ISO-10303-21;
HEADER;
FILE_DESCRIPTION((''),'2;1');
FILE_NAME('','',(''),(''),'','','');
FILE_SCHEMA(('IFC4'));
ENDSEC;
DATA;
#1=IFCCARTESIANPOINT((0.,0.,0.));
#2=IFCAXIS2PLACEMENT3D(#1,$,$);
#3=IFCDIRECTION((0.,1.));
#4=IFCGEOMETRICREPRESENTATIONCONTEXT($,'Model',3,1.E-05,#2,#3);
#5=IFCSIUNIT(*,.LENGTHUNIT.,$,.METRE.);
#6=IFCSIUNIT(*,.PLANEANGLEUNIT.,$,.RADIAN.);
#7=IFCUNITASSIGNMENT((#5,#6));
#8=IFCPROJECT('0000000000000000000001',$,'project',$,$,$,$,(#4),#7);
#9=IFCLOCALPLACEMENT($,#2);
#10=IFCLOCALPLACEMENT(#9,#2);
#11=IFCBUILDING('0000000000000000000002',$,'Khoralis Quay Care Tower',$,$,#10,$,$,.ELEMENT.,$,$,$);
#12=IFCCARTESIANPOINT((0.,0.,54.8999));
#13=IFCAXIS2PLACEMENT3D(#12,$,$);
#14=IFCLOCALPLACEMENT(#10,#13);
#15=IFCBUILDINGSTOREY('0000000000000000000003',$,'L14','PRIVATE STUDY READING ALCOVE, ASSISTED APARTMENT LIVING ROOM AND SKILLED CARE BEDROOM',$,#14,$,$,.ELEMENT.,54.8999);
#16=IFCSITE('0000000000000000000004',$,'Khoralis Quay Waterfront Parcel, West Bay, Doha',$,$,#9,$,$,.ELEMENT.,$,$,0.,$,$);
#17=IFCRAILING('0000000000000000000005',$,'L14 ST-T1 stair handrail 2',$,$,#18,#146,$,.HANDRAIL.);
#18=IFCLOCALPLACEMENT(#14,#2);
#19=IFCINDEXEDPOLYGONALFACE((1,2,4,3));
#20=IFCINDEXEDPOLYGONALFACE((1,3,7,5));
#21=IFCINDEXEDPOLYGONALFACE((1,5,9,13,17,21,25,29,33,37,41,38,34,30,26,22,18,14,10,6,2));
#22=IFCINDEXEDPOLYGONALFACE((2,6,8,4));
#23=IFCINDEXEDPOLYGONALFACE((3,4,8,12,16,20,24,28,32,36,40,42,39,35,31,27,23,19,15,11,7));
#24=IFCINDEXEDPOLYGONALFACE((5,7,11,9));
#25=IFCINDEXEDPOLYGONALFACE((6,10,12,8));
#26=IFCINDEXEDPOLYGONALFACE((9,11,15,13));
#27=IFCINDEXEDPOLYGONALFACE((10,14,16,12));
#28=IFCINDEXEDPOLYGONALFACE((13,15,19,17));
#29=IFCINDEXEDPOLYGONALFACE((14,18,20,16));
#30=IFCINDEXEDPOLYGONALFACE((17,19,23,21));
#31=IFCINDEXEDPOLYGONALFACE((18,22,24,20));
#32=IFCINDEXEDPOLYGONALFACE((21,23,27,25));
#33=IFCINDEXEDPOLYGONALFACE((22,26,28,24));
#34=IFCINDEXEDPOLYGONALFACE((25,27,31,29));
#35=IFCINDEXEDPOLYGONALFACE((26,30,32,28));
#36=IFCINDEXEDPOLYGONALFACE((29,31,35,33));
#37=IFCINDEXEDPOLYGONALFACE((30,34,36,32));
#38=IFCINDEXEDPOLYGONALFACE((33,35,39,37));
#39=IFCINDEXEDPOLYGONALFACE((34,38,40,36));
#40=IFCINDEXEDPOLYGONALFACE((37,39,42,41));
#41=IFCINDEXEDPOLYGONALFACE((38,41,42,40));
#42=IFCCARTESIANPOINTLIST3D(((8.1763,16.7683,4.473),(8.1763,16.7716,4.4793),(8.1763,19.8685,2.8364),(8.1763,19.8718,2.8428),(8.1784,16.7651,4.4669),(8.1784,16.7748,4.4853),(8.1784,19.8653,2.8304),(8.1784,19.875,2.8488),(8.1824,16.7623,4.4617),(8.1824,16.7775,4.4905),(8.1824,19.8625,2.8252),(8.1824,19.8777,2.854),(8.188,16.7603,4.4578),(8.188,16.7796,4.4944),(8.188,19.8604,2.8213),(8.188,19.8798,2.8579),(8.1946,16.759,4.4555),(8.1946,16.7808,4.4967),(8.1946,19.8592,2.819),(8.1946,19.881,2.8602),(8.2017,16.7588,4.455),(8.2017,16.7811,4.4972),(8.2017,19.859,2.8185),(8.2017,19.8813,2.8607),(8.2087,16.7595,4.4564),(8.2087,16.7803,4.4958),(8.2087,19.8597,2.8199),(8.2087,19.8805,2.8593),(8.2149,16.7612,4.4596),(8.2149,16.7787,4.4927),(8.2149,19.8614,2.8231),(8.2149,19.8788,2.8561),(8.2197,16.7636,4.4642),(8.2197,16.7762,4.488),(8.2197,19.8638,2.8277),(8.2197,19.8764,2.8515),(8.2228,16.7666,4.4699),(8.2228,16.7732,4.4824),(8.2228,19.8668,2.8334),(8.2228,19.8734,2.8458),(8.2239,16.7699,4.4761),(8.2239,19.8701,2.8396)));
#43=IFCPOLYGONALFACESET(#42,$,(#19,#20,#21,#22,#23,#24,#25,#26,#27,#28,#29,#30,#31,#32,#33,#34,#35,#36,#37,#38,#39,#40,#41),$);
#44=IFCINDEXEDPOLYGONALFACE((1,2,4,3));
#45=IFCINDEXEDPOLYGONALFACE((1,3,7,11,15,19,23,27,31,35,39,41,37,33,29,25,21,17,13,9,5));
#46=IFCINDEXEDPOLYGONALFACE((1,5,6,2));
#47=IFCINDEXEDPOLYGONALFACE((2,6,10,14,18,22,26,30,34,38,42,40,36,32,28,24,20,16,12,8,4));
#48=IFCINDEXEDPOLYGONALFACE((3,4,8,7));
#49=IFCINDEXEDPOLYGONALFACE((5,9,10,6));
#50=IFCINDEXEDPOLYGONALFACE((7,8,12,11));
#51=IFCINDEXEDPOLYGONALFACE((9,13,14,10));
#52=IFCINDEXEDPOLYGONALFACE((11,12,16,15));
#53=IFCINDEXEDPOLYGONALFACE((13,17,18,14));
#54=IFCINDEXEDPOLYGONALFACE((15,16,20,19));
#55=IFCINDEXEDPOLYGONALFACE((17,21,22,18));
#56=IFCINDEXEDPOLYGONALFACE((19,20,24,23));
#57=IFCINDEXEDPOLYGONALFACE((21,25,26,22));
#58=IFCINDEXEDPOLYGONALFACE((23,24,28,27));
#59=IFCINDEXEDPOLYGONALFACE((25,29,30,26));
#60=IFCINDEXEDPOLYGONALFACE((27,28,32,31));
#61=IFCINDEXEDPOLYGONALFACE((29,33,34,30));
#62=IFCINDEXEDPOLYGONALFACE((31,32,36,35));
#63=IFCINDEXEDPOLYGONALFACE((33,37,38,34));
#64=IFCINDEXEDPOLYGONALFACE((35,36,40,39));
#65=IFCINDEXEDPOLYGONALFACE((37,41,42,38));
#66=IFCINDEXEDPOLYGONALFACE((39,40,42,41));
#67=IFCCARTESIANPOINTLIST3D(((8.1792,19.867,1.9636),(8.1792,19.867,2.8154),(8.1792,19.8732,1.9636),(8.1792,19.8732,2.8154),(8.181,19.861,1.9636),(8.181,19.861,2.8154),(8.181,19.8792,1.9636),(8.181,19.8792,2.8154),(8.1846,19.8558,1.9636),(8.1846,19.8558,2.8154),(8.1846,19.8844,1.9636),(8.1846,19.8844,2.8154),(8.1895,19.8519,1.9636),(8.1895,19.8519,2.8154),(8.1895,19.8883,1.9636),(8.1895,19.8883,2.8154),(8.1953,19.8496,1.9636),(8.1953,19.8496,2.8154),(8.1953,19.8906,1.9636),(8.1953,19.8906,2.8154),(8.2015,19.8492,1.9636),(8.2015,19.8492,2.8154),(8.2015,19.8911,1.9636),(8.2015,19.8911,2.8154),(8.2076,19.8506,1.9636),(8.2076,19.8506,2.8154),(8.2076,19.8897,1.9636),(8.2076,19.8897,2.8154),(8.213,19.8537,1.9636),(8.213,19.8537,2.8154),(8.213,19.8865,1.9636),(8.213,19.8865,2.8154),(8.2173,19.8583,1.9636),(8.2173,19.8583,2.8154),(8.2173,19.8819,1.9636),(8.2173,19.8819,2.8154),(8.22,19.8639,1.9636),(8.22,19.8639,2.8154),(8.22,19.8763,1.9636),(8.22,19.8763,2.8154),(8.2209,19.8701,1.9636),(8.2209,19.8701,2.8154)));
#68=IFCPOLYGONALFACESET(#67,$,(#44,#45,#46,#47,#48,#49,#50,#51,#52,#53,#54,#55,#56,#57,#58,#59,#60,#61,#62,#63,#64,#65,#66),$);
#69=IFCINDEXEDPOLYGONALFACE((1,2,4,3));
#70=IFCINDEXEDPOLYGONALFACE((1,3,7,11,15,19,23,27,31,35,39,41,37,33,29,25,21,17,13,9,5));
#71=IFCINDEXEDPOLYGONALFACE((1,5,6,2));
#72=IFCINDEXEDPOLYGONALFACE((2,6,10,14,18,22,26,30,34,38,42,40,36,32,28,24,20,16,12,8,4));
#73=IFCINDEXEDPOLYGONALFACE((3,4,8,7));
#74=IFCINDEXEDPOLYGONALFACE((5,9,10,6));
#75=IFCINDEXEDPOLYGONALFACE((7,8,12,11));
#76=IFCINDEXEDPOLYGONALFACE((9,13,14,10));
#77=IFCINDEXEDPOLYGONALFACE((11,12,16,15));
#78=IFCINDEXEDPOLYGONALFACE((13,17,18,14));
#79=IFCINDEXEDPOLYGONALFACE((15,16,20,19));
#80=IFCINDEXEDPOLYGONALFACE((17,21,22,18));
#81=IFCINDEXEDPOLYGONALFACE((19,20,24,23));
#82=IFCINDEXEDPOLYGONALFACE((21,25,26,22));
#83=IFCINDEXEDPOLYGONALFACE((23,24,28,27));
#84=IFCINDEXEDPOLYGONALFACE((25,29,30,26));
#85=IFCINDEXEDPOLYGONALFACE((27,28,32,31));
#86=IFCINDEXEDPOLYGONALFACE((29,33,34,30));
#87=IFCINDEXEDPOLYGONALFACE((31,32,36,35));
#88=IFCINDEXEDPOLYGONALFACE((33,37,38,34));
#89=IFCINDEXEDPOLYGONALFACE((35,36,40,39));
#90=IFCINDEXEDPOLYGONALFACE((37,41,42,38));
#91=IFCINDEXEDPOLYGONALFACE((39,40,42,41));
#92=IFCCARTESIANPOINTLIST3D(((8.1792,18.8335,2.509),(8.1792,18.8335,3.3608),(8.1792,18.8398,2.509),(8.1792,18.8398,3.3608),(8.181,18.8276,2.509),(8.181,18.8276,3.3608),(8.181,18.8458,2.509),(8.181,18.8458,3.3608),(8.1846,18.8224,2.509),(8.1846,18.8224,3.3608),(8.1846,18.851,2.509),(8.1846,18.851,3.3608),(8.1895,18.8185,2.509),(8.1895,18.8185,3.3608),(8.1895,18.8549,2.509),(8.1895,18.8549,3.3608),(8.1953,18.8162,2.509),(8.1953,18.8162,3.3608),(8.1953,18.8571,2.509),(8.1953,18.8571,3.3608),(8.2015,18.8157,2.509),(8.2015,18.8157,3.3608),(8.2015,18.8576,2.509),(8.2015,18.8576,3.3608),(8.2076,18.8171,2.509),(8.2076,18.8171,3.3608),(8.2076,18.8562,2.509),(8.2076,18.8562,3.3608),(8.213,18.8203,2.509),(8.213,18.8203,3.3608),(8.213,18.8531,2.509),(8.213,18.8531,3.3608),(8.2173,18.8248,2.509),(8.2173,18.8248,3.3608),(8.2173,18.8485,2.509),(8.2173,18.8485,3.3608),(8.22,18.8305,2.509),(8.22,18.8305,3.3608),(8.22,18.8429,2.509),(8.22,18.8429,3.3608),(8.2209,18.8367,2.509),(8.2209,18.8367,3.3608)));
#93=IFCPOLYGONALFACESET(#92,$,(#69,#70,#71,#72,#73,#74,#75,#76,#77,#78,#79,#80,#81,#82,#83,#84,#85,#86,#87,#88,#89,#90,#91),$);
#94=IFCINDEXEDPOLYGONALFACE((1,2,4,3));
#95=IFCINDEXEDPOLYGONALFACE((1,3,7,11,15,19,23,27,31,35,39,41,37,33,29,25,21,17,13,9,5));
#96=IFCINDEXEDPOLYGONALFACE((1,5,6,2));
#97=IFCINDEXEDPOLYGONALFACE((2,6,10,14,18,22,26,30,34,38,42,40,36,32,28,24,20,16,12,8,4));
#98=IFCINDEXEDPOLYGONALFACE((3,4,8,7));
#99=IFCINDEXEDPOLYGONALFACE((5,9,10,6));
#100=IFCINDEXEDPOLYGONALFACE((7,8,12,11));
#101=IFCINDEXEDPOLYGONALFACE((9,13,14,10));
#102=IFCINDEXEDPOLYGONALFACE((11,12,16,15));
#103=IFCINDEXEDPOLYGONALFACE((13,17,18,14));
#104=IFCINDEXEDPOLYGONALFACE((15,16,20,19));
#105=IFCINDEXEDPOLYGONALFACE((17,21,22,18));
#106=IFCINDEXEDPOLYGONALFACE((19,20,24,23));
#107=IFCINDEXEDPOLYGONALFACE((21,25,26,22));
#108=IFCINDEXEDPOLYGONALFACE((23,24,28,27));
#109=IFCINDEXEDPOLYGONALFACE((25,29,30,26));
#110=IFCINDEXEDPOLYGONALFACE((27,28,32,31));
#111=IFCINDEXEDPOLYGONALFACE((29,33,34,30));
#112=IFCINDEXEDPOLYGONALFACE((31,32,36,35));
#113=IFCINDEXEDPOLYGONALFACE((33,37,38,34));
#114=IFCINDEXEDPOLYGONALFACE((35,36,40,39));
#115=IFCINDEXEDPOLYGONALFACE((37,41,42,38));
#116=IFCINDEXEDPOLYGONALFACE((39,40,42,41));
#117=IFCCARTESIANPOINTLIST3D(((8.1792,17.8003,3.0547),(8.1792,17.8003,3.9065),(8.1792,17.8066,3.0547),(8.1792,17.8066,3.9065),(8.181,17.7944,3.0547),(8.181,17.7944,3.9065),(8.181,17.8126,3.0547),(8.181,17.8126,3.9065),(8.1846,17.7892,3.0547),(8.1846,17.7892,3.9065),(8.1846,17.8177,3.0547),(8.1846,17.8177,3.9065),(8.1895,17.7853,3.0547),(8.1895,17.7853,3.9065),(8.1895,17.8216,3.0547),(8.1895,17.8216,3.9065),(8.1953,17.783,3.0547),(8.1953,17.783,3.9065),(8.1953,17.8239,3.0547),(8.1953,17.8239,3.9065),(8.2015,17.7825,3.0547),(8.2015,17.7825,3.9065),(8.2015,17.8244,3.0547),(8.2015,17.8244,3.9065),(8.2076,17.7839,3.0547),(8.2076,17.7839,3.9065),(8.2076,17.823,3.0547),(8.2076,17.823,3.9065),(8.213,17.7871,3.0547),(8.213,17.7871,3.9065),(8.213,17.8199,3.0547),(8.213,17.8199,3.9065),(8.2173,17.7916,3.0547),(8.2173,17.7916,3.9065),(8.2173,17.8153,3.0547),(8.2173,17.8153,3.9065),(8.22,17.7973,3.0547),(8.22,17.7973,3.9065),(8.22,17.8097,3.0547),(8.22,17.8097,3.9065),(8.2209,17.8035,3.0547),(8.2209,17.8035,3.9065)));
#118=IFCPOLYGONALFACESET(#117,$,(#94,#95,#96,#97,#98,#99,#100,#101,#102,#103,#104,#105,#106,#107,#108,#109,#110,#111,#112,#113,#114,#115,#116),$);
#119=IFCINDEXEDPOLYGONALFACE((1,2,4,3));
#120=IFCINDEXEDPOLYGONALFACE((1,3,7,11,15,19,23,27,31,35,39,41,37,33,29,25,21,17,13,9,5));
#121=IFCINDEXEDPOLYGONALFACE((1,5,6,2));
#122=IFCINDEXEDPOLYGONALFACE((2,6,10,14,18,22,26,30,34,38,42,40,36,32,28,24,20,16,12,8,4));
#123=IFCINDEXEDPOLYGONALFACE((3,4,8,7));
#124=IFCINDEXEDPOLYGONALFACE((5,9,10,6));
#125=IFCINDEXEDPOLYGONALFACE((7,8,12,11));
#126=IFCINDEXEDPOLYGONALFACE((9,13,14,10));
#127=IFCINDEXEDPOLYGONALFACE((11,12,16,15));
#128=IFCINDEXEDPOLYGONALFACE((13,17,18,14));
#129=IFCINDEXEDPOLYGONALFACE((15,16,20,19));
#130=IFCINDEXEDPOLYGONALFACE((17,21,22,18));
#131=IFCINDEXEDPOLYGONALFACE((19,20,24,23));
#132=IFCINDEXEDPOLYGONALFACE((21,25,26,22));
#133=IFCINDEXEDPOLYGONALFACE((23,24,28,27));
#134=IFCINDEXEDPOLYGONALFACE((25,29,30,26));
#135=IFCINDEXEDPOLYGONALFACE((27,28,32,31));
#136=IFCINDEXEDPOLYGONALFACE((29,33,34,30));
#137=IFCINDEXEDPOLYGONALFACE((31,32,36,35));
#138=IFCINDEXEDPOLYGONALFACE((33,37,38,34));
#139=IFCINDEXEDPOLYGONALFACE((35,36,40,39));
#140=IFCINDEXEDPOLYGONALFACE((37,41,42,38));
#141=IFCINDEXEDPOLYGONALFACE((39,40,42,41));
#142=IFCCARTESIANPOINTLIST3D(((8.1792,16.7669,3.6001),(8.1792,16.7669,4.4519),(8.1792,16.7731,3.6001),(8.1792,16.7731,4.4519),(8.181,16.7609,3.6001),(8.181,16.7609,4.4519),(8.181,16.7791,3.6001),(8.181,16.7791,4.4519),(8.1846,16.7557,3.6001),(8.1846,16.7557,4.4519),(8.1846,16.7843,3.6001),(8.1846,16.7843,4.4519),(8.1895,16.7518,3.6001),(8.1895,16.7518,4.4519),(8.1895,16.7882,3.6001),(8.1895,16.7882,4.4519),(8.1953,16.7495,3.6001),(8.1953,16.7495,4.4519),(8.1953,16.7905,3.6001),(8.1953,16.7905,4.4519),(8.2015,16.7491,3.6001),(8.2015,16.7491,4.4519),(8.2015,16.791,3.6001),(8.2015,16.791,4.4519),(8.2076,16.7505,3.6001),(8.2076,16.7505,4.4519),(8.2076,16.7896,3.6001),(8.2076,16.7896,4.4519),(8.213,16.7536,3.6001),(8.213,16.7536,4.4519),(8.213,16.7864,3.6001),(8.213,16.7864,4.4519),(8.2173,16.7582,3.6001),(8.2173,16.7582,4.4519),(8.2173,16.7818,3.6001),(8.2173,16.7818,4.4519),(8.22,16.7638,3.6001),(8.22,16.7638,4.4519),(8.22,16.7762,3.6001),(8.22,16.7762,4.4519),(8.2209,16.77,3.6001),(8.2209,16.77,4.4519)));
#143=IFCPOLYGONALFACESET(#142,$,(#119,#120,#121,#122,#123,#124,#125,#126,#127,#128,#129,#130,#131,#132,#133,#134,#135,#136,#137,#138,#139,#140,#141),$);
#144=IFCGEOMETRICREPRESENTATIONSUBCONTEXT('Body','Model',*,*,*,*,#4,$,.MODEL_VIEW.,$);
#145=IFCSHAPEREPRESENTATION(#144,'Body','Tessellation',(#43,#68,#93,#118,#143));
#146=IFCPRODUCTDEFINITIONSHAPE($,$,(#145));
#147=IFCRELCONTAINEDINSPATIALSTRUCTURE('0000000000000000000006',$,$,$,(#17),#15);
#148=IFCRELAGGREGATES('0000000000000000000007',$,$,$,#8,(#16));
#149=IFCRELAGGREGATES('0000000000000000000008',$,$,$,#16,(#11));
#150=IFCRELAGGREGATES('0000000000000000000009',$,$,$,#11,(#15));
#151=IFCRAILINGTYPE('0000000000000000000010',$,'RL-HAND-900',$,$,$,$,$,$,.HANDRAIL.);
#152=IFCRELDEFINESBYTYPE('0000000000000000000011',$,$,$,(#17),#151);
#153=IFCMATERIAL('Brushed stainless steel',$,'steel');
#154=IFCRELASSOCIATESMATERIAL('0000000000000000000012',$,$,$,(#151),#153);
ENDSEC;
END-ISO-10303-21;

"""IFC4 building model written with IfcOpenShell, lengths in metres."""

from ifc_helpers import new_model, si_unit, direction, frame, origin, origin_2d, place, context, subcontext, project, spatial, circle, extrude, material, type_object, element, save


model = new_model("IFC4")

# Units and contexts
model_context = context("Model", 3, precision=1e-05, world=origin(), true_north=direction((0.0, 1.0)))
body_context = subcontext(model_context, "Body", "Model", "MODEL_VIEW")
ifc_project = project(units=[si_unit("LENGTHUNIT", "METRE"), si_unit("PLANEANGLEUNIT", "RADIAN")], contexts=[model_context])

# Site, building, storey
site_placement = place(None, origin())
site = spatial("IfcSite", under=ifc_project, at=site_placement, Name="Khoralis Quay Waterfront Parcel, West Bay, Doha", CompositionType="ELEMENT", RefElevation=0.0)
building_placement = place(site_placement, origin())
building = spatial("IfcBuilding", under=site, at=building_placement, Name="Khoralis Quay Care Tower", CompositionType="ELEMENT")
storey_placement = place(building_placement, frame((0.0, 0.0, 54.8999)))
storey = spatial("IfcBuildingStorey", under=building, at=storey_placement, Name="L14", Description="PRIVATE STUDY READING ALCOVE, ASSISTED APARTMENT LIVING ROOM AND SKILLED CARE BEDROOM", CompositionType="ELEMENT", Elevation=54.8999)

# Shared definitions
ifc_material_1 = material(Name="Brushed stainless steel", Category="steel")

# Railing
railing_type_1 = type_object("IfcRailingType", Name="RL-HAND-900", PredefinedType="HANDRAIL", material=ifc_material_1)
railing_1_placement = place(storey_placement, frame((8.2, 19.8701, 1.9636)))
element("IfcRailing", 1, at=railing_1_placement, inside=storey, type_object=railing_type_1, Name="L14 ST-T1 stair handrail 2", PredefinedType="HANDRAIL", context=body_context, shape_type="SweptSolid", body=[
    extrude(circle(Radius=0.0239, at=origin_2d()), frame((0.0, 0.0, 0.876), z_axis=(0.0, -0.884348, 0.466828), x_axis=(1.0, 0.0, 0.0)), (0.0, 0.0, 1.0), 3.5056),
    extrude(circle(Radius=0.021, at=origin_2d()), origin(), (0.0, 0.0, 1.0), 0.8518),
    extrude(circle(Radius=0.021, at=origin_2d()), frame((0.0, -1.0334, 0.5454)), (0.0, 0.0, 1.0), 0.8518),
    extrude(circle(Radius=0.021, at=origin_2d()), frame((0.0, -2.0667, 1.0911)), (0.0, 0.0, 1.0), 0.8518),
    extrude(circle(Radius=0.021, at=origin_2d()), frame((0.0, -3.1001, 1.6365)), (0.0, 0.0, 1.0), 0.8518),
])

save(model, "model.ifc")
